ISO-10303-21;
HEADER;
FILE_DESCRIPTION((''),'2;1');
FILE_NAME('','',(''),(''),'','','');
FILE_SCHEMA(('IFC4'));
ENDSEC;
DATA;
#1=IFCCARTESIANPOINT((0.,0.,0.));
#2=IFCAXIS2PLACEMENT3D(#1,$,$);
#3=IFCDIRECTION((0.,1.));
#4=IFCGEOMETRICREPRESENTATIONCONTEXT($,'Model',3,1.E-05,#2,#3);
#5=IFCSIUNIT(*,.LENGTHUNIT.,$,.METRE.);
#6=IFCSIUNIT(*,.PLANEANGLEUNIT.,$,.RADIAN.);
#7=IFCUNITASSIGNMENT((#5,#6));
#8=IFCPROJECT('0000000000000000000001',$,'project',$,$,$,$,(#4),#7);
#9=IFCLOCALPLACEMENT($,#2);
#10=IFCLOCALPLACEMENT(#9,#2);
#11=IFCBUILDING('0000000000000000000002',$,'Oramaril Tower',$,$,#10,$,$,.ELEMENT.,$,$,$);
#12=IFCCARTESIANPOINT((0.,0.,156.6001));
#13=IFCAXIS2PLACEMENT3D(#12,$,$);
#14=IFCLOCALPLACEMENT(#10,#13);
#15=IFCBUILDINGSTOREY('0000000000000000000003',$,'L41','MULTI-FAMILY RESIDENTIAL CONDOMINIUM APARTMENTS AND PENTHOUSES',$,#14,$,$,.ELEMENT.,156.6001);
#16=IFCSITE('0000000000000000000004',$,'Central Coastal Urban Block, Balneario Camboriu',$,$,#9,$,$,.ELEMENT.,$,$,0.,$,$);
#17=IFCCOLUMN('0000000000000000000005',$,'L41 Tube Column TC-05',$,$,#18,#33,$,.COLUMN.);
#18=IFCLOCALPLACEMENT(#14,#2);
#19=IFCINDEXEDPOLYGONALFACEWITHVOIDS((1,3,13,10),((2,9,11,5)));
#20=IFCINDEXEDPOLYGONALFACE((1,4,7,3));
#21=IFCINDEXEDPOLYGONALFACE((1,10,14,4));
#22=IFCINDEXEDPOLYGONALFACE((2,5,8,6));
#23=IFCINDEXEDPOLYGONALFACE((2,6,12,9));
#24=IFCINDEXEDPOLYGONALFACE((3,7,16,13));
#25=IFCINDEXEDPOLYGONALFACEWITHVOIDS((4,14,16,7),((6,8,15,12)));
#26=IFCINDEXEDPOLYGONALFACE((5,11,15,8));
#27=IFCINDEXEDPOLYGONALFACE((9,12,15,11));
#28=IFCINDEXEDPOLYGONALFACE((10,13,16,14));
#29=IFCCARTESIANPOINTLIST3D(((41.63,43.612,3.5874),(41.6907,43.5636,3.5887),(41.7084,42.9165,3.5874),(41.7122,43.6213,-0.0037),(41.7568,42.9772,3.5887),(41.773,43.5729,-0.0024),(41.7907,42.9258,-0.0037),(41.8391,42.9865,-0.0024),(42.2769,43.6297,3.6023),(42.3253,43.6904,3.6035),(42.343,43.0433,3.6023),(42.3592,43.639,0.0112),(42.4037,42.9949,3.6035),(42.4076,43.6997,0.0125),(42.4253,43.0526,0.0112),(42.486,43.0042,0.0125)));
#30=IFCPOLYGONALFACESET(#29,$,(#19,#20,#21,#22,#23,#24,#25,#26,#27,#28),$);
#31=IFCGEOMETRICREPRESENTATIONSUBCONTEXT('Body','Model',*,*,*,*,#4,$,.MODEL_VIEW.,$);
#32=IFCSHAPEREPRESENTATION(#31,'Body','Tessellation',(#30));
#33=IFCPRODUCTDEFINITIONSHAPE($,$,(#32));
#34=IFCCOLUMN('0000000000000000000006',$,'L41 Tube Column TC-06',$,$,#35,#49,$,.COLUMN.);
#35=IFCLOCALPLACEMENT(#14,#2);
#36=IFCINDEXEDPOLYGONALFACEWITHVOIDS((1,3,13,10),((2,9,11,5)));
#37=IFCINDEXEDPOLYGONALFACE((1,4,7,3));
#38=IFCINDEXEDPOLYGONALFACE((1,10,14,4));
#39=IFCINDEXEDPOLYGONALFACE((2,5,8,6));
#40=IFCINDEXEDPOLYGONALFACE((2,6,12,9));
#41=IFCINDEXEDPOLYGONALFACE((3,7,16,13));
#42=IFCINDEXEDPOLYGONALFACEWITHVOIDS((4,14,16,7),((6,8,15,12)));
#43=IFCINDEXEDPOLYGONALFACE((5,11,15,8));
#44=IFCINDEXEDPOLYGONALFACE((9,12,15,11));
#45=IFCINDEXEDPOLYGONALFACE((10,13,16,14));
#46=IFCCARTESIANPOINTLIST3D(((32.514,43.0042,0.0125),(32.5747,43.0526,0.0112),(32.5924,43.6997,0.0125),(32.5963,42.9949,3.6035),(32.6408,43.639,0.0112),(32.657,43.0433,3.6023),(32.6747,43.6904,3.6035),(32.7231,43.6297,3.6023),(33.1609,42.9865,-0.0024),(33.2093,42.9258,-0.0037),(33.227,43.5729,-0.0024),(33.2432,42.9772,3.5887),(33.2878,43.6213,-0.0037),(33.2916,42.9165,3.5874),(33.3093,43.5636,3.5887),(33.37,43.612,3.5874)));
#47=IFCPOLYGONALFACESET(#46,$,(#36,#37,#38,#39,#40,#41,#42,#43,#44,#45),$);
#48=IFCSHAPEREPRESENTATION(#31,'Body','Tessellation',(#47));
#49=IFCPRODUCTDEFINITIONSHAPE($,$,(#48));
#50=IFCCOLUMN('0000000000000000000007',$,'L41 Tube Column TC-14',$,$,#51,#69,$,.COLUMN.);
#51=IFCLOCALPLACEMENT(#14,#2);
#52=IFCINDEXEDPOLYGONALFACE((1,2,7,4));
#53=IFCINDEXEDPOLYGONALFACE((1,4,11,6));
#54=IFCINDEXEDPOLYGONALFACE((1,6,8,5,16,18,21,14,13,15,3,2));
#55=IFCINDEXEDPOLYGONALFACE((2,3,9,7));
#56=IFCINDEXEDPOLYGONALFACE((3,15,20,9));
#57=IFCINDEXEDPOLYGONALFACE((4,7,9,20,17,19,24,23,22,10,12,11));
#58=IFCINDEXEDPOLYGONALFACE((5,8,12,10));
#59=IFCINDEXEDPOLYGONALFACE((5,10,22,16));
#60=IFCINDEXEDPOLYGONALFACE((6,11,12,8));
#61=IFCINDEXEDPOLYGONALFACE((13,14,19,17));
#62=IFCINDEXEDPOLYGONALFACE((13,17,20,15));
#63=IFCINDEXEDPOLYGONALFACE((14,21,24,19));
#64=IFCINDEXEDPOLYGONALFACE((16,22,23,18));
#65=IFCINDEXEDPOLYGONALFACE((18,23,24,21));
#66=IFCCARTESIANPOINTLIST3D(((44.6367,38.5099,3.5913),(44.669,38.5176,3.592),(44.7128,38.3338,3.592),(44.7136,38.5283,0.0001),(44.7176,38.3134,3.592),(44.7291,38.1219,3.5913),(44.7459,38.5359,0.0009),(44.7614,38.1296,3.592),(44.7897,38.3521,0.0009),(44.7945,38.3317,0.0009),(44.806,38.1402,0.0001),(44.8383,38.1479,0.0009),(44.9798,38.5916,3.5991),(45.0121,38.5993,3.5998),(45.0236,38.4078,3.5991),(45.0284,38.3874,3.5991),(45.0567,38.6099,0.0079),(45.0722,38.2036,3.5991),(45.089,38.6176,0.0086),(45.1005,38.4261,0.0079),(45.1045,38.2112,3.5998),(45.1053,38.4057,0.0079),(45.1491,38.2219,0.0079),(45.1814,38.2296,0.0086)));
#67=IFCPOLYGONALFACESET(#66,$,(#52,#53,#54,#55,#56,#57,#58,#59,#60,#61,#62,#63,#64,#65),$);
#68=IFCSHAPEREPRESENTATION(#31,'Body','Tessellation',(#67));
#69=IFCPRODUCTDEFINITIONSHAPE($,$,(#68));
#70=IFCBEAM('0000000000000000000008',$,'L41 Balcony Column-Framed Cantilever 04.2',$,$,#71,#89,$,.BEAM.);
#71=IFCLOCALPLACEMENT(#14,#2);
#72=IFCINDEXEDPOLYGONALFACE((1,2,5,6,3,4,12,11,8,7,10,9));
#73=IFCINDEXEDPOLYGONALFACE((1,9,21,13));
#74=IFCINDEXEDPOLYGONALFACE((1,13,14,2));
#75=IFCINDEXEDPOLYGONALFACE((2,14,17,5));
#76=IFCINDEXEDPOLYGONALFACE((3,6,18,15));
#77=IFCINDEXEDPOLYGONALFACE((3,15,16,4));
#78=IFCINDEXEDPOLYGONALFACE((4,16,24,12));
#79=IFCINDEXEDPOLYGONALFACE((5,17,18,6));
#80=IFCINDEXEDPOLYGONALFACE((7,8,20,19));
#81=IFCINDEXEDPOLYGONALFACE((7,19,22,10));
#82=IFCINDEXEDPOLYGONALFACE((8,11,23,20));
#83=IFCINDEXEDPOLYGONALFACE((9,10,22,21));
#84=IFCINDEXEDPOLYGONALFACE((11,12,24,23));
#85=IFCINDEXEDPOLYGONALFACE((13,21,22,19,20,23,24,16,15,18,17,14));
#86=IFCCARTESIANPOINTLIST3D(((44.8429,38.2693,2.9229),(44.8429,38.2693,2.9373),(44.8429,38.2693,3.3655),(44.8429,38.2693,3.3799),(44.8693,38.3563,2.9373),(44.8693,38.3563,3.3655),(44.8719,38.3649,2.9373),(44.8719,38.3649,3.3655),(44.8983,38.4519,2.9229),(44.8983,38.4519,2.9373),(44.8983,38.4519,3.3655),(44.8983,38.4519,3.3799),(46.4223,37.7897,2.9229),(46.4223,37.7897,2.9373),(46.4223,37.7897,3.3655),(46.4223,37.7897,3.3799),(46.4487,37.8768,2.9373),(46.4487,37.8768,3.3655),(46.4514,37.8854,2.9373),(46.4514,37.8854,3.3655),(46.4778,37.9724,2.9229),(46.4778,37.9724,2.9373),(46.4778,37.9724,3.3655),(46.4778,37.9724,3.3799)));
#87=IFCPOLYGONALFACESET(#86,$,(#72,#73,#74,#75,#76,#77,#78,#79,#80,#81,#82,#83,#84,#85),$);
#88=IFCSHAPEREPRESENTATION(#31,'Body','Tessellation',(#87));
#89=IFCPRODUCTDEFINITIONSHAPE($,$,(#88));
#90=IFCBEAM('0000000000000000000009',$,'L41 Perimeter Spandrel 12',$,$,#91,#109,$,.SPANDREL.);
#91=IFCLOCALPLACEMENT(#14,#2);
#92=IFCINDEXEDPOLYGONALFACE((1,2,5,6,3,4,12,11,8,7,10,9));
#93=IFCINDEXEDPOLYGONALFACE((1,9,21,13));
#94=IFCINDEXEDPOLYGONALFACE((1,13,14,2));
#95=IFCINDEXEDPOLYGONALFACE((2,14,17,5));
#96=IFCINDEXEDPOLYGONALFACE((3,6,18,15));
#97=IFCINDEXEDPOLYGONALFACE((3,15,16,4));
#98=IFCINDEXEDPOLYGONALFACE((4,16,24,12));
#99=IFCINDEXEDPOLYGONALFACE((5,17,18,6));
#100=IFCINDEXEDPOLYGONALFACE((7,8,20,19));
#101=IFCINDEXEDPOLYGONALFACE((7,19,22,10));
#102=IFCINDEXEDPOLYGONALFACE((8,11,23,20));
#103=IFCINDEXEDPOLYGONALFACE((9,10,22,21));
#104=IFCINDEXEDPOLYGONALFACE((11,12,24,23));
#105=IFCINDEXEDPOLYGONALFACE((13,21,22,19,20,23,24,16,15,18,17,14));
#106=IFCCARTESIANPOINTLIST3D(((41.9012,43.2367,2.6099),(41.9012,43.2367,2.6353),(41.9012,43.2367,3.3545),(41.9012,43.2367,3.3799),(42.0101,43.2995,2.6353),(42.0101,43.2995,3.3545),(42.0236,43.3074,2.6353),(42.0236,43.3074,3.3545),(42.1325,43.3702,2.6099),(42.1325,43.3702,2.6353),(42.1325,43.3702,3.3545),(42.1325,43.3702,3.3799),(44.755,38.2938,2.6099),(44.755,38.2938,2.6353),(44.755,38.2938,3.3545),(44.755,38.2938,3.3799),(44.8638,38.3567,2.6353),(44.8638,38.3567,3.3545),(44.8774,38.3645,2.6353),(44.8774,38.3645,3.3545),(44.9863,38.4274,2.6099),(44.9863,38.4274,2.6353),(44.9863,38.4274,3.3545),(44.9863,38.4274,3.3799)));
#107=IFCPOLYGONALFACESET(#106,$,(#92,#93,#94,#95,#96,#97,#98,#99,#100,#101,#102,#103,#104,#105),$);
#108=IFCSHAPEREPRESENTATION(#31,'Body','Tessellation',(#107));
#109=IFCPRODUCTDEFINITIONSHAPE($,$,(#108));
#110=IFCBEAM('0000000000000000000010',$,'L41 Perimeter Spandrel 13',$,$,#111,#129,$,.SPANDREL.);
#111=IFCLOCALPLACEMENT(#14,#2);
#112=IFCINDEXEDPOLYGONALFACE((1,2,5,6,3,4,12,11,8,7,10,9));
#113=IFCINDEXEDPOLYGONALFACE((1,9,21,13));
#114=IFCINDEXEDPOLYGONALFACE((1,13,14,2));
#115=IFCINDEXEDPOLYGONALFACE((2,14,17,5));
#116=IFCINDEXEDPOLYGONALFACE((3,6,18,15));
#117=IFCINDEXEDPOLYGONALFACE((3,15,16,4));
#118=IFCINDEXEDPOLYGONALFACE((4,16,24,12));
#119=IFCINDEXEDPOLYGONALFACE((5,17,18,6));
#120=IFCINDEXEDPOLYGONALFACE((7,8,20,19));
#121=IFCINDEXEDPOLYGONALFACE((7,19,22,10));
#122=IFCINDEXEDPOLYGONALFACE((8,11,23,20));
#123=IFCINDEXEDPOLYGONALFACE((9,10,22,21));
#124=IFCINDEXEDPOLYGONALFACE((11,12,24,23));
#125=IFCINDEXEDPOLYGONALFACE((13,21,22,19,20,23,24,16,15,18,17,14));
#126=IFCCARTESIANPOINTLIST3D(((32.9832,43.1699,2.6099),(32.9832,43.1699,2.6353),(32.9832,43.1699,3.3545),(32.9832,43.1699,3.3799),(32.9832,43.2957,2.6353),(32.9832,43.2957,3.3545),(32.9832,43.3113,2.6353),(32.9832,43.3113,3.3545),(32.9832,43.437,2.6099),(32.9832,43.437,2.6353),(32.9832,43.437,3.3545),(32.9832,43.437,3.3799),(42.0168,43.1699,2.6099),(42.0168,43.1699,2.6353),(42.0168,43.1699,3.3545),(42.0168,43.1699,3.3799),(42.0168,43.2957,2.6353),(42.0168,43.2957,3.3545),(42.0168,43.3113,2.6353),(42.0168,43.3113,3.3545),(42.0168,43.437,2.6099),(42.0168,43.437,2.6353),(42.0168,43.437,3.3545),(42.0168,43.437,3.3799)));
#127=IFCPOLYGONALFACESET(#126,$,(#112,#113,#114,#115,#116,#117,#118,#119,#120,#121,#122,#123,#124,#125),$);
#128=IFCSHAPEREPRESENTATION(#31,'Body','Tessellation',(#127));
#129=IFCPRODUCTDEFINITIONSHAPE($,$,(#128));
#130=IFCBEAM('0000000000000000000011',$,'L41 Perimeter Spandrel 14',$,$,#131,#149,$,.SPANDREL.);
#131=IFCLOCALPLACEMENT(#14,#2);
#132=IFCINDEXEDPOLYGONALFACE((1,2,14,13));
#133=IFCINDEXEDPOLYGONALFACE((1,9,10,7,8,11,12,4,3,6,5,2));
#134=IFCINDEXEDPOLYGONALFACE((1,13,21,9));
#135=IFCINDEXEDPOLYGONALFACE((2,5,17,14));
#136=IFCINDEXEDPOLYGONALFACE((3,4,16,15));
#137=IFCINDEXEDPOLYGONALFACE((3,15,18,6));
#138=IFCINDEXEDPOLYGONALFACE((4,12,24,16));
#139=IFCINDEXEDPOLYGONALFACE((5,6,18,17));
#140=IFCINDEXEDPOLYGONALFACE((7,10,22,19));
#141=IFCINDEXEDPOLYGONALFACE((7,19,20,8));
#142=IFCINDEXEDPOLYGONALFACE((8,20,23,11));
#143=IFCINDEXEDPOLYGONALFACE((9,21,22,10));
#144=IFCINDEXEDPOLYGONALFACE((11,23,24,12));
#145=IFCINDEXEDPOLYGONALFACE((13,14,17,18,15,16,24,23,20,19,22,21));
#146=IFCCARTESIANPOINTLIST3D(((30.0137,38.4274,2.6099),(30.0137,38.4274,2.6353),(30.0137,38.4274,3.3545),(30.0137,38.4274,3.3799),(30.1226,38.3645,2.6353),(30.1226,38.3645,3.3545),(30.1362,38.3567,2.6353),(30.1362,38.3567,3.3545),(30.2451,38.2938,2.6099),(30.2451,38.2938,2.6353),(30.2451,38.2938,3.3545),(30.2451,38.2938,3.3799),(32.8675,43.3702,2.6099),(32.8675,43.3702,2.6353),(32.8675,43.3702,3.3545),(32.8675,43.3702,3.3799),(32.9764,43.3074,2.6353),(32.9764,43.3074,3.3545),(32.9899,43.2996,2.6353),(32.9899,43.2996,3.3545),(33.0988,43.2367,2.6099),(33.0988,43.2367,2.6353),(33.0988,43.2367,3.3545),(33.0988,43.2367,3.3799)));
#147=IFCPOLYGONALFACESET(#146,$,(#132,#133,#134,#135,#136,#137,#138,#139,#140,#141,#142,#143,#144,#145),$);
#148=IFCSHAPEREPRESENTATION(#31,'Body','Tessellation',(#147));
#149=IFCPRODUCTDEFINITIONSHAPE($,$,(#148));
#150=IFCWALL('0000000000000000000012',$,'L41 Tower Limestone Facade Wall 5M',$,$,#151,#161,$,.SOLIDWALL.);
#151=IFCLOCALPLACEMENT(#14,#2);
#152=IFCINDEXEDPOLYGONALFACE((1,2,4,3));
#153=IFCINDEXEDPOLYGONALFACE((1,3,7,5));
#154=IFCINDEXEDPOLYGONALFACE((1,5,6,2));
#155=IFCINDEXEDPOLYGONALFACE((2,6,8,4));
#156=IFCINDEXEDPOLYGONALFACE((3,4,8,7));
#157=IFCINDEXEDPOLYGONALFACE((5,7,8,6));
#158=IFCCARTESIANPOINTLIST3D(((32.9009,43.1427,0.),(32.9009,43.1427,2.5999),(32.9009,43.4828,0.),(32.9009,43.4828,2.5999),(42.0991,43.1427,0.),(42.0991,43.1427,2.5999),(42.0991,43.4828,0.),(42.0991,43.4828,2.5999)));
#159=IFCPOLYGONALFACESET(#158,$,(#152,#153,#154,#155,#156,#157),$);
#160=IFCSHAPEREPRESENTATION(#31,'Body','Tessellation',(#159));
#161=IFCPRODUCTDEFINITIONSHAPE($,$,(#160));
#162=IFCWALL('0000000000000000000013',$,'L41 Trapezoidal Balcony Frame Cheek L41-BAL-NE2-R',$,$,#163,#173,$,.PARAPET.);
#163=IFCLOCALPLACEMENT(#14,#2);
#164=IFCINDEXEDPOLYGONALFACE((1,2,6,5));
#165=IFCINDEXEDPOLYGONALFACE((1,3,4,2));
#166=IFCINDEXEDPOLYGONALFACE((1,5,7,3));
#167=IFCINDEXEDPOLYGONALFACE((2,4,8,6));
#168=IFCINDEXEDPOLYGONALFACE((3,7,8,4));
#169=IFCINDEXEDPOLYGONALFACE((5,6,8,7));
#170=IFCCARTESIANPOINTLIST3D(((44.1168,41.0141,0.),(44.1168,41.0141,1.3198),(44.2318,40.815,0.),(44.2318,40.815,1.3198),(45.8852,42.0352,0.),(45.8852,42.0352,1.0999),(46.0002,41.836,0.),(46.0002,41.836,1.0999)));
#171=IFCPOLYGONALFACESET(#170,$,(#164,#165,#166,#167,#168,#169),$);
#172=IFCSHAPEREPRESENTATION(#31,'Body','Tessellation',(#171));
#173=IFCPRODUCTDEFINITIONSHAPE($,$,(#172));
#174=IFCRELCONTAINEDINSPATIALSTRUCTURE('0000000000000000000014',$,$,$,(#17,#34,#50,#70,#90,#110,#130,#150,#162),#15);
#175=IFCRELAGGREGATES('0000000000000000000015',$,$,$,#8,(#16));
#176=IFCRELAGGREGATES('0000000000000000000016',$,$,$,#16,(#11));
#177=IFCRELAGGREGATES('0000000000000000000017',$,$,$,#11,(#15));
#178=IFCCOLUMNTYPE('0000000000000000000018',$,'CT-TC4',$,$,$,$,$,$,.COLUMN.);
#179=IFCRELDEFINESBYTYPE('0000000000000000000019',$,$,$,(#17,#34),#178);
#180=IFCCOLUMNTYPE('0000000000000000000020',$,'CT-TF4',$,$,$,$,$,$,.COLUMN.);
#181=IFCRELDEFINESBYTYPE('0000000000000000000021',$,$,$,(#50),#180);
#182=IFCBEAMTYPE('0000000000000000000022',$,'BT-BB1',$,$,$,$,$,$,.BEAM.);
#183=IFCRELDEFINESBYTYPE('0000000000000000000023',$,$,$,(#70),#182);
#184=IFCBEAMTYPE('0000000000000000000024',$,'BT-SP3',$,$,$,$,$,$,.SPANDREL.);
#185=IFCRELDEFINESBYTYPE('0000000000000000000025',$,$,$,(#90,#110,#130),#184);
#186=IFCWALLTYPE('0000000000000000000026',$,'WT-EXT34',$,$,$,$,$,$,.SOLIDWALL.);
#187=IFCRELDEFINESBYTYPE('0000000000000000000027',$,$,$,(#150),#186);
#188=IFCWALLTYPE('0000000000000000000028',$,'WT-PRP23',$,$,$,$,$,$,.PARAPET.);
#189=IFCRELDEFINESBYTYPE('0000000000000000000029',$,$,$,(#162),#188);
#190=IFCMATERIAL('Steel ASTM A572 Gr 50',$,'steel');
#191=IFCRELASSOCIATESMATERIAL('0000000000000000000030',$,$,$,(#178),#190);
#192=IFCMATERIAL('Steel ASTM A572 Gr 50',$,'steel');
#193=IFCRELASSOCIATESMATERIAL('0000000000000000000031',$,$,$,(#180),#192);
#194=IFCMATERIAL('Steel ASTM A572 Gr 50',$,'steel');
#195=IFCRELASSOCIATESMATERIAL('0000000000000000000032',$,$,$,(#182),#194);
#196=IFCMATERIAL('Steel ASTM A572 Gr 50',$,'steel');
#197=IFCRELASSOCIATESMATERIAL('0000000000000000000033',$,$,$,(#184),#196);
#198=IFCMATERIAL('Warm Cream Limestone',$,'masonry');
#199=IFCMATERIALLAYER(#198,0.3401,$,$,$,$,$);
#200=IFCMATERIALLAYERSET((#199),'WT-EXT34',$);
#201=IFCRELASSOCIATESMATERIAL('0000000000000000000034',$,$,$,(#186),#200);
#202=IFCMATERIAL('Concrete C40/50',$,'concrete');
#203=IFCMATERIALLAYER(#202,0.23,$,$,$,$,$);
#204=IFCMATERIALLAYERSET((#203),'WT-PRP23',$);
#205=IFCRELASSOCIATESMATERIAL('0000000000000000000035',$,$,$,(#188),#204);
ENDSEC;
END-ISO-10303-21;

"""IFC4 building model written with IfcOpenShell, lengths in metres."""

from ifc_helpers import new_model, si_unit, direction, frame, frame_2d, origin, origin_2d, place, context, subcontext, project, spatial, polyline, rectangle, hollow_rectangle, i_section, outline, extrude, material, layer, layer_set, material_profile, profile_set, type_object, element, save


model = new_model("IFC4")

# Units and contexts
model_context = context("Model", 3, precision=1e-05, world=origin(), true_north=direction((0.0, 1.0)))
body_context = subcontext(model_context, "Body", "Model", "MODEL_VIEW")
ifc_project = project(units=[si_unit("LENGTHUNIT", "METRE"), si_unit("PLANEANGLEUNIT", "RADIAN")], contexts=[model_context])

# Site, building, storey
site_placement = place(None, origin())
site = spatial("IfcSite", under=ifc_project, at=site_placement, Name="Central Coastal Urban Block, Balneario Camboriu", CompositionType="ELEMENT", RefElevation=0.0)
building_placement = place(site_placement, origin())
building = spatial("IfcBuilding", under=site, at=building_placement, Name="Oramaril Tower", CompositionType="ELEMENT")
storey_placement = place(building_placement, frame((0.0, 0.0, 156.6001)))
storey = spatial("IfcBuildingStorey", under=building, at=storey_placement, Name="L41", Description="MULTI-FAMILY RESIDENTIAL CONDOMINIUM APARTMENTS AND PENTHOUSES", CompositionType="ELEMENT", Elevation=156.6001)

# Columns
ifc_material_1 = material(Name="Steel ASTM A572 Gr 50", Category="steel")
ifc_material_profile_1 = material_profile(ifc_material_1, hollow_rectangle(XDim=0.7, YDim=0.7, WallThickness=0.0549, at=origin_2d()), Name="BOX700X700X55")
ifc_profile_set_1 = profile_set([ifc_material_profile_1], Name="Steel ASTM A572 Gr 50")
column_type_1 = type_object("IfcColumnType", Name="CT-TC4", PredefinedType="COLUMN", material=ifc_profile_set_1)
for number, where, z_axis, x_axis, name in (
    (1, (42.0991, 43.3127, 0.0044), (-0.022905, -0.002583, 0.999734), (0.11205, -0.993703, 0.0), "L41 Tube Column TC-05"),
    (2, (32.9009, 43.3127, 0.0044), (0.022905, -0.002583, 0.999734), (0.11205, 0.993703, 0.0), "L41 Tube Column TC-06"),
):
    element("IfcColumn", number, at=place(storey_placement, frame(where, z_axis=z_axis, x_axis=x_axis)), inside=storey, type_object=column_type_1, Name=name, PredefinedType="COLUMN", context=body_context, shape_type="SweptSolid", body=[
        extrude(hollow_rectangle(XDim=0.7, YDim=0.7, WallThickness=0.0549, at=origin_2d()), origin(), (0.0, 0.0, 1.0), 3.592),
    ])
ifc_material_2 = material(Name="Steel ASTM A572 Gr 50", Category="steel")
ifc_material_profile_2 = material_profile(ifc_material_2, i_section(OverallWidth=0.3989, OverallDepth=0.386, WebThickness=0.021, FlangeThickness=0.0332, at=origin_2d()), Name="W14X176")
ifc_profile_set_2 = profile_set([ifc_material_profile_2], Name="Steel ASTM A572 Gr 50")
column_type_2 = type_object("IfcColumnType", Name="CT-TF4", PredefinedType="COLUMN", material=ifc_profile_set_2)
column_placement = place(storey_placement, frame((44.9475, 38.3789, 0.0044), z_axis=(-0.02141, -0.005098, 0.999758), x_axis=(0.231621, -0.972806, 0.0)))
element("IfcColumn", 3, at=column_placement, inside=storey, type_object=column_type_2, Name="L41 Tube Column TC-14", PredefinedType="COLUMN", context=body_context, shape_type="SweptSolid", body=[
    extrude(i_section(OverallWidth=0.3989, OverallDepth=0.386, WebThickness=0.021, FlangeThickness=0.0332, at=origin_2d()), origin(), (0.0, 0.0, 1.0), 3.592),
])

# Beams
ifc_material_3 = material(Name="Steel ASTM A572 Gr 50", Category="steel")
ifc_material_profile_3 = material_profile(ifc_material_3, i_section(OverallWidth=0.1909, OverallDepth=0.457, WebThickness=0.009, FlangeThickness=0.0144, at=origin_2d()), Name="W18X50")
ifc_profile_set_3 = profile_set([ifc_material_profile_3], Name="Steel ASTM A572 Gr 50")
beam_type_1 = type_object("IfcBeamType", Name="BT-BB1", PredefinedType="BEAM", material=ifc_profile_set_3)
beam_1_placement = place(storey_placement, frame((44.8706, 38.3606, 3.1514), z_axis=(0.956873, -0.290508, 0.0), x_axis=(0.290508, 0.956873, 0.0)))
element("IfcBeam", 4, at=beam_1_placement, inside=storey, type_object=beam_type_1, Name="L41 Balcony Column-Framed Cantilever 04.2", PredefinedType="BEAM", context=body_context, shape_type="SweptSolid", body=[
    extrude(i_section(OverallWidth=0.1909, OverallDepth=0.457, WebThickness=0.009, FlangeThickness=0.0144, at=origin_2d()), origin(), (0.0, 0.0, 1.0), 1.6506),
])
ifc_material_4 = material(Name="Steel ASTM A572 Gr 50", Category="steel")
ifc_material_profile_4 = material_profile(ifc_material_4, i_section(OverallWidth=0.2671, OverallDepth=0.77, WebThickness=0.0156, FlangeThickness=0.0254, at=origin_2d()), Name="W30X132")
ifc_profile_set_4 = profile_set([ifc_material_profile_4], Name="Steel ASTM A572 Gr 50")
beam_type_2 = type_object("IfcBeamType", Name="BT-SP3", PredefinedType="SPANDREL", material=ifc_profile_set_4)
beam_2_placement = place(storey_placement, frame((44.8706, 38.3606, 2.9949), z_axis=(-0.499999, 0.866026, 0.0), x_axis=(-0.866026, -0.499999, 0.0)))
element("IfcBeam", 5, at=beam_2_placement, inside=storey, type_object=beam_type_2, Name="L41 Perimeter Spandrel 12", PredefinedType="SPANDREL", context=body_context, shape_type="SweptSolid", body=[
    extrude(i_section(OverallWidth=0.2671, OverallDepth=0.77, WebThickness=0.0156, FlangeThickness=0.0254, at=origin_2d()), origin(), (0.0, 0.0, 1.0), 5.7075),
])
beam_3_placement = place(storey_placement, frame((42.0168, 43.3035, 2.9949), z_axis=(-1.0, 0.0, 0.0), x_axis=(0.0, -1.0, 0.0)))
element("IfcBeam", 6, at=beam_3_placement, inside=storey, type_object=beam_type_2, Name="L41 Perimeter Spandrel 13", PredefinedType="SPANDREL", context=body_context, shape_type="SweptSolid", body=[
    extrude(i_section(OverallWidth=0.2671, OverallDepth=0.77, WebThickness=0.0156, FlangeThickness=0.0254, at=origin_2d()), origin(), (0.0, 0.0, 1.0), 9.0337),
])
beam_4_placement = place(storey_placement, frame((32.9832, 43.3035, 2.9949), z_axis=(-0.499999, -0.866026, 0.0), x_axis=(0.866026, -0.499999, 0.0)))
element("IfcBeam", 7, at=beam_4_placement, inside=storey, type_object=beam_type_2, Name="L41 Perimeter Spandrel 14", PredefinedType="SPANDREL", context=body_context, shape_type="SweptSolid", body=[
    extrude(i_section(OverallWidth=0.2671, OverallDepth=0.77, WebThickness=0.0156, FlangeThickness=0.0254, at=origin_2d()), origin(), (0.0, 0.0, 1.0), 5.7075),
])

# Wall
ifc_material_5 = material(Name="Warm Cream Limestone", Category="masonry")
ifc_layer_1 = layer(ifc_material_5, 0.3401)
ifc_layer_set_1 = layer_set([ifc_layer_1], Name="WT-EXT34")
wall_type_1 = type_object("IfcWallType", Name="WT-EXT34", PredefinedType="SOLIDWALL", material=ifc_layer_set_1)
wall_1_placement = place(storey_placement, frame((42.0991, 43.3127, 0.0), z_axis=(0.0, 0.0, 1.0), x_axis=(-1.0, 0.0, 0.0)))
element("IfcWall", 8, at=wall_1_placement, inside=storey, type_object=wall_type_1, Name="L41 Tower Limestone Facade Wall 5M", PredefinedType="SOLIDWALL", context=body_context, shape_type="SweptSolid", body=[
    extrude(rectangle(XDim=9.1982, YDim=0.3401, at=frame_2d((4.5991, 0.0))), origin(), (0.0, 0.0, 1.0), 2.5999),
])

# Wall
ifc_material_6 = material(Name="Concrete C40/50", Category="concrete")
ifc_layer_2 = layer(ifc_material_6, 0.23)
ifc_layer_set_2 = layer_set([ifc_layer_2], Name="WT-PRP23")
wall_type_2 = type_object("IfcWallType", Name="WT-PRP23", PredefinedType="PARAPET", material=ifc_layer_set_2)
wall_2_placement = place(storey_placement, frame((44.1743, 40.9146, 0.0), z_axis=(0.0, 0.0, 1.0), x_axis=(0.866012, 0.500023, 0.0)))
element("IfcWall", 9, at=wall_2_placement, inside=storey, type_object=wall_type_2, Name="L41 Trapezoidal Balcony Frame Cheek L41-BAL-NE2-R", PredefinedType="PARAPET", context=body_context, shape_type="SweptSolid", body=[
    extrude(outline(polyline([(0.0, 0.0), (2.042, 0.0), (2.042, 1.0999), (0.0, 1.3198), (0.0, 0.0)])), frame((0.0, 0.115, 0.0), z_axis=(0.0, -1.0, 0.0), x_axis=(1.0, 0.0, 0.0)), (0.0, 0.0, 1.0), 0.23),
])

save(model, "model.ifc")
